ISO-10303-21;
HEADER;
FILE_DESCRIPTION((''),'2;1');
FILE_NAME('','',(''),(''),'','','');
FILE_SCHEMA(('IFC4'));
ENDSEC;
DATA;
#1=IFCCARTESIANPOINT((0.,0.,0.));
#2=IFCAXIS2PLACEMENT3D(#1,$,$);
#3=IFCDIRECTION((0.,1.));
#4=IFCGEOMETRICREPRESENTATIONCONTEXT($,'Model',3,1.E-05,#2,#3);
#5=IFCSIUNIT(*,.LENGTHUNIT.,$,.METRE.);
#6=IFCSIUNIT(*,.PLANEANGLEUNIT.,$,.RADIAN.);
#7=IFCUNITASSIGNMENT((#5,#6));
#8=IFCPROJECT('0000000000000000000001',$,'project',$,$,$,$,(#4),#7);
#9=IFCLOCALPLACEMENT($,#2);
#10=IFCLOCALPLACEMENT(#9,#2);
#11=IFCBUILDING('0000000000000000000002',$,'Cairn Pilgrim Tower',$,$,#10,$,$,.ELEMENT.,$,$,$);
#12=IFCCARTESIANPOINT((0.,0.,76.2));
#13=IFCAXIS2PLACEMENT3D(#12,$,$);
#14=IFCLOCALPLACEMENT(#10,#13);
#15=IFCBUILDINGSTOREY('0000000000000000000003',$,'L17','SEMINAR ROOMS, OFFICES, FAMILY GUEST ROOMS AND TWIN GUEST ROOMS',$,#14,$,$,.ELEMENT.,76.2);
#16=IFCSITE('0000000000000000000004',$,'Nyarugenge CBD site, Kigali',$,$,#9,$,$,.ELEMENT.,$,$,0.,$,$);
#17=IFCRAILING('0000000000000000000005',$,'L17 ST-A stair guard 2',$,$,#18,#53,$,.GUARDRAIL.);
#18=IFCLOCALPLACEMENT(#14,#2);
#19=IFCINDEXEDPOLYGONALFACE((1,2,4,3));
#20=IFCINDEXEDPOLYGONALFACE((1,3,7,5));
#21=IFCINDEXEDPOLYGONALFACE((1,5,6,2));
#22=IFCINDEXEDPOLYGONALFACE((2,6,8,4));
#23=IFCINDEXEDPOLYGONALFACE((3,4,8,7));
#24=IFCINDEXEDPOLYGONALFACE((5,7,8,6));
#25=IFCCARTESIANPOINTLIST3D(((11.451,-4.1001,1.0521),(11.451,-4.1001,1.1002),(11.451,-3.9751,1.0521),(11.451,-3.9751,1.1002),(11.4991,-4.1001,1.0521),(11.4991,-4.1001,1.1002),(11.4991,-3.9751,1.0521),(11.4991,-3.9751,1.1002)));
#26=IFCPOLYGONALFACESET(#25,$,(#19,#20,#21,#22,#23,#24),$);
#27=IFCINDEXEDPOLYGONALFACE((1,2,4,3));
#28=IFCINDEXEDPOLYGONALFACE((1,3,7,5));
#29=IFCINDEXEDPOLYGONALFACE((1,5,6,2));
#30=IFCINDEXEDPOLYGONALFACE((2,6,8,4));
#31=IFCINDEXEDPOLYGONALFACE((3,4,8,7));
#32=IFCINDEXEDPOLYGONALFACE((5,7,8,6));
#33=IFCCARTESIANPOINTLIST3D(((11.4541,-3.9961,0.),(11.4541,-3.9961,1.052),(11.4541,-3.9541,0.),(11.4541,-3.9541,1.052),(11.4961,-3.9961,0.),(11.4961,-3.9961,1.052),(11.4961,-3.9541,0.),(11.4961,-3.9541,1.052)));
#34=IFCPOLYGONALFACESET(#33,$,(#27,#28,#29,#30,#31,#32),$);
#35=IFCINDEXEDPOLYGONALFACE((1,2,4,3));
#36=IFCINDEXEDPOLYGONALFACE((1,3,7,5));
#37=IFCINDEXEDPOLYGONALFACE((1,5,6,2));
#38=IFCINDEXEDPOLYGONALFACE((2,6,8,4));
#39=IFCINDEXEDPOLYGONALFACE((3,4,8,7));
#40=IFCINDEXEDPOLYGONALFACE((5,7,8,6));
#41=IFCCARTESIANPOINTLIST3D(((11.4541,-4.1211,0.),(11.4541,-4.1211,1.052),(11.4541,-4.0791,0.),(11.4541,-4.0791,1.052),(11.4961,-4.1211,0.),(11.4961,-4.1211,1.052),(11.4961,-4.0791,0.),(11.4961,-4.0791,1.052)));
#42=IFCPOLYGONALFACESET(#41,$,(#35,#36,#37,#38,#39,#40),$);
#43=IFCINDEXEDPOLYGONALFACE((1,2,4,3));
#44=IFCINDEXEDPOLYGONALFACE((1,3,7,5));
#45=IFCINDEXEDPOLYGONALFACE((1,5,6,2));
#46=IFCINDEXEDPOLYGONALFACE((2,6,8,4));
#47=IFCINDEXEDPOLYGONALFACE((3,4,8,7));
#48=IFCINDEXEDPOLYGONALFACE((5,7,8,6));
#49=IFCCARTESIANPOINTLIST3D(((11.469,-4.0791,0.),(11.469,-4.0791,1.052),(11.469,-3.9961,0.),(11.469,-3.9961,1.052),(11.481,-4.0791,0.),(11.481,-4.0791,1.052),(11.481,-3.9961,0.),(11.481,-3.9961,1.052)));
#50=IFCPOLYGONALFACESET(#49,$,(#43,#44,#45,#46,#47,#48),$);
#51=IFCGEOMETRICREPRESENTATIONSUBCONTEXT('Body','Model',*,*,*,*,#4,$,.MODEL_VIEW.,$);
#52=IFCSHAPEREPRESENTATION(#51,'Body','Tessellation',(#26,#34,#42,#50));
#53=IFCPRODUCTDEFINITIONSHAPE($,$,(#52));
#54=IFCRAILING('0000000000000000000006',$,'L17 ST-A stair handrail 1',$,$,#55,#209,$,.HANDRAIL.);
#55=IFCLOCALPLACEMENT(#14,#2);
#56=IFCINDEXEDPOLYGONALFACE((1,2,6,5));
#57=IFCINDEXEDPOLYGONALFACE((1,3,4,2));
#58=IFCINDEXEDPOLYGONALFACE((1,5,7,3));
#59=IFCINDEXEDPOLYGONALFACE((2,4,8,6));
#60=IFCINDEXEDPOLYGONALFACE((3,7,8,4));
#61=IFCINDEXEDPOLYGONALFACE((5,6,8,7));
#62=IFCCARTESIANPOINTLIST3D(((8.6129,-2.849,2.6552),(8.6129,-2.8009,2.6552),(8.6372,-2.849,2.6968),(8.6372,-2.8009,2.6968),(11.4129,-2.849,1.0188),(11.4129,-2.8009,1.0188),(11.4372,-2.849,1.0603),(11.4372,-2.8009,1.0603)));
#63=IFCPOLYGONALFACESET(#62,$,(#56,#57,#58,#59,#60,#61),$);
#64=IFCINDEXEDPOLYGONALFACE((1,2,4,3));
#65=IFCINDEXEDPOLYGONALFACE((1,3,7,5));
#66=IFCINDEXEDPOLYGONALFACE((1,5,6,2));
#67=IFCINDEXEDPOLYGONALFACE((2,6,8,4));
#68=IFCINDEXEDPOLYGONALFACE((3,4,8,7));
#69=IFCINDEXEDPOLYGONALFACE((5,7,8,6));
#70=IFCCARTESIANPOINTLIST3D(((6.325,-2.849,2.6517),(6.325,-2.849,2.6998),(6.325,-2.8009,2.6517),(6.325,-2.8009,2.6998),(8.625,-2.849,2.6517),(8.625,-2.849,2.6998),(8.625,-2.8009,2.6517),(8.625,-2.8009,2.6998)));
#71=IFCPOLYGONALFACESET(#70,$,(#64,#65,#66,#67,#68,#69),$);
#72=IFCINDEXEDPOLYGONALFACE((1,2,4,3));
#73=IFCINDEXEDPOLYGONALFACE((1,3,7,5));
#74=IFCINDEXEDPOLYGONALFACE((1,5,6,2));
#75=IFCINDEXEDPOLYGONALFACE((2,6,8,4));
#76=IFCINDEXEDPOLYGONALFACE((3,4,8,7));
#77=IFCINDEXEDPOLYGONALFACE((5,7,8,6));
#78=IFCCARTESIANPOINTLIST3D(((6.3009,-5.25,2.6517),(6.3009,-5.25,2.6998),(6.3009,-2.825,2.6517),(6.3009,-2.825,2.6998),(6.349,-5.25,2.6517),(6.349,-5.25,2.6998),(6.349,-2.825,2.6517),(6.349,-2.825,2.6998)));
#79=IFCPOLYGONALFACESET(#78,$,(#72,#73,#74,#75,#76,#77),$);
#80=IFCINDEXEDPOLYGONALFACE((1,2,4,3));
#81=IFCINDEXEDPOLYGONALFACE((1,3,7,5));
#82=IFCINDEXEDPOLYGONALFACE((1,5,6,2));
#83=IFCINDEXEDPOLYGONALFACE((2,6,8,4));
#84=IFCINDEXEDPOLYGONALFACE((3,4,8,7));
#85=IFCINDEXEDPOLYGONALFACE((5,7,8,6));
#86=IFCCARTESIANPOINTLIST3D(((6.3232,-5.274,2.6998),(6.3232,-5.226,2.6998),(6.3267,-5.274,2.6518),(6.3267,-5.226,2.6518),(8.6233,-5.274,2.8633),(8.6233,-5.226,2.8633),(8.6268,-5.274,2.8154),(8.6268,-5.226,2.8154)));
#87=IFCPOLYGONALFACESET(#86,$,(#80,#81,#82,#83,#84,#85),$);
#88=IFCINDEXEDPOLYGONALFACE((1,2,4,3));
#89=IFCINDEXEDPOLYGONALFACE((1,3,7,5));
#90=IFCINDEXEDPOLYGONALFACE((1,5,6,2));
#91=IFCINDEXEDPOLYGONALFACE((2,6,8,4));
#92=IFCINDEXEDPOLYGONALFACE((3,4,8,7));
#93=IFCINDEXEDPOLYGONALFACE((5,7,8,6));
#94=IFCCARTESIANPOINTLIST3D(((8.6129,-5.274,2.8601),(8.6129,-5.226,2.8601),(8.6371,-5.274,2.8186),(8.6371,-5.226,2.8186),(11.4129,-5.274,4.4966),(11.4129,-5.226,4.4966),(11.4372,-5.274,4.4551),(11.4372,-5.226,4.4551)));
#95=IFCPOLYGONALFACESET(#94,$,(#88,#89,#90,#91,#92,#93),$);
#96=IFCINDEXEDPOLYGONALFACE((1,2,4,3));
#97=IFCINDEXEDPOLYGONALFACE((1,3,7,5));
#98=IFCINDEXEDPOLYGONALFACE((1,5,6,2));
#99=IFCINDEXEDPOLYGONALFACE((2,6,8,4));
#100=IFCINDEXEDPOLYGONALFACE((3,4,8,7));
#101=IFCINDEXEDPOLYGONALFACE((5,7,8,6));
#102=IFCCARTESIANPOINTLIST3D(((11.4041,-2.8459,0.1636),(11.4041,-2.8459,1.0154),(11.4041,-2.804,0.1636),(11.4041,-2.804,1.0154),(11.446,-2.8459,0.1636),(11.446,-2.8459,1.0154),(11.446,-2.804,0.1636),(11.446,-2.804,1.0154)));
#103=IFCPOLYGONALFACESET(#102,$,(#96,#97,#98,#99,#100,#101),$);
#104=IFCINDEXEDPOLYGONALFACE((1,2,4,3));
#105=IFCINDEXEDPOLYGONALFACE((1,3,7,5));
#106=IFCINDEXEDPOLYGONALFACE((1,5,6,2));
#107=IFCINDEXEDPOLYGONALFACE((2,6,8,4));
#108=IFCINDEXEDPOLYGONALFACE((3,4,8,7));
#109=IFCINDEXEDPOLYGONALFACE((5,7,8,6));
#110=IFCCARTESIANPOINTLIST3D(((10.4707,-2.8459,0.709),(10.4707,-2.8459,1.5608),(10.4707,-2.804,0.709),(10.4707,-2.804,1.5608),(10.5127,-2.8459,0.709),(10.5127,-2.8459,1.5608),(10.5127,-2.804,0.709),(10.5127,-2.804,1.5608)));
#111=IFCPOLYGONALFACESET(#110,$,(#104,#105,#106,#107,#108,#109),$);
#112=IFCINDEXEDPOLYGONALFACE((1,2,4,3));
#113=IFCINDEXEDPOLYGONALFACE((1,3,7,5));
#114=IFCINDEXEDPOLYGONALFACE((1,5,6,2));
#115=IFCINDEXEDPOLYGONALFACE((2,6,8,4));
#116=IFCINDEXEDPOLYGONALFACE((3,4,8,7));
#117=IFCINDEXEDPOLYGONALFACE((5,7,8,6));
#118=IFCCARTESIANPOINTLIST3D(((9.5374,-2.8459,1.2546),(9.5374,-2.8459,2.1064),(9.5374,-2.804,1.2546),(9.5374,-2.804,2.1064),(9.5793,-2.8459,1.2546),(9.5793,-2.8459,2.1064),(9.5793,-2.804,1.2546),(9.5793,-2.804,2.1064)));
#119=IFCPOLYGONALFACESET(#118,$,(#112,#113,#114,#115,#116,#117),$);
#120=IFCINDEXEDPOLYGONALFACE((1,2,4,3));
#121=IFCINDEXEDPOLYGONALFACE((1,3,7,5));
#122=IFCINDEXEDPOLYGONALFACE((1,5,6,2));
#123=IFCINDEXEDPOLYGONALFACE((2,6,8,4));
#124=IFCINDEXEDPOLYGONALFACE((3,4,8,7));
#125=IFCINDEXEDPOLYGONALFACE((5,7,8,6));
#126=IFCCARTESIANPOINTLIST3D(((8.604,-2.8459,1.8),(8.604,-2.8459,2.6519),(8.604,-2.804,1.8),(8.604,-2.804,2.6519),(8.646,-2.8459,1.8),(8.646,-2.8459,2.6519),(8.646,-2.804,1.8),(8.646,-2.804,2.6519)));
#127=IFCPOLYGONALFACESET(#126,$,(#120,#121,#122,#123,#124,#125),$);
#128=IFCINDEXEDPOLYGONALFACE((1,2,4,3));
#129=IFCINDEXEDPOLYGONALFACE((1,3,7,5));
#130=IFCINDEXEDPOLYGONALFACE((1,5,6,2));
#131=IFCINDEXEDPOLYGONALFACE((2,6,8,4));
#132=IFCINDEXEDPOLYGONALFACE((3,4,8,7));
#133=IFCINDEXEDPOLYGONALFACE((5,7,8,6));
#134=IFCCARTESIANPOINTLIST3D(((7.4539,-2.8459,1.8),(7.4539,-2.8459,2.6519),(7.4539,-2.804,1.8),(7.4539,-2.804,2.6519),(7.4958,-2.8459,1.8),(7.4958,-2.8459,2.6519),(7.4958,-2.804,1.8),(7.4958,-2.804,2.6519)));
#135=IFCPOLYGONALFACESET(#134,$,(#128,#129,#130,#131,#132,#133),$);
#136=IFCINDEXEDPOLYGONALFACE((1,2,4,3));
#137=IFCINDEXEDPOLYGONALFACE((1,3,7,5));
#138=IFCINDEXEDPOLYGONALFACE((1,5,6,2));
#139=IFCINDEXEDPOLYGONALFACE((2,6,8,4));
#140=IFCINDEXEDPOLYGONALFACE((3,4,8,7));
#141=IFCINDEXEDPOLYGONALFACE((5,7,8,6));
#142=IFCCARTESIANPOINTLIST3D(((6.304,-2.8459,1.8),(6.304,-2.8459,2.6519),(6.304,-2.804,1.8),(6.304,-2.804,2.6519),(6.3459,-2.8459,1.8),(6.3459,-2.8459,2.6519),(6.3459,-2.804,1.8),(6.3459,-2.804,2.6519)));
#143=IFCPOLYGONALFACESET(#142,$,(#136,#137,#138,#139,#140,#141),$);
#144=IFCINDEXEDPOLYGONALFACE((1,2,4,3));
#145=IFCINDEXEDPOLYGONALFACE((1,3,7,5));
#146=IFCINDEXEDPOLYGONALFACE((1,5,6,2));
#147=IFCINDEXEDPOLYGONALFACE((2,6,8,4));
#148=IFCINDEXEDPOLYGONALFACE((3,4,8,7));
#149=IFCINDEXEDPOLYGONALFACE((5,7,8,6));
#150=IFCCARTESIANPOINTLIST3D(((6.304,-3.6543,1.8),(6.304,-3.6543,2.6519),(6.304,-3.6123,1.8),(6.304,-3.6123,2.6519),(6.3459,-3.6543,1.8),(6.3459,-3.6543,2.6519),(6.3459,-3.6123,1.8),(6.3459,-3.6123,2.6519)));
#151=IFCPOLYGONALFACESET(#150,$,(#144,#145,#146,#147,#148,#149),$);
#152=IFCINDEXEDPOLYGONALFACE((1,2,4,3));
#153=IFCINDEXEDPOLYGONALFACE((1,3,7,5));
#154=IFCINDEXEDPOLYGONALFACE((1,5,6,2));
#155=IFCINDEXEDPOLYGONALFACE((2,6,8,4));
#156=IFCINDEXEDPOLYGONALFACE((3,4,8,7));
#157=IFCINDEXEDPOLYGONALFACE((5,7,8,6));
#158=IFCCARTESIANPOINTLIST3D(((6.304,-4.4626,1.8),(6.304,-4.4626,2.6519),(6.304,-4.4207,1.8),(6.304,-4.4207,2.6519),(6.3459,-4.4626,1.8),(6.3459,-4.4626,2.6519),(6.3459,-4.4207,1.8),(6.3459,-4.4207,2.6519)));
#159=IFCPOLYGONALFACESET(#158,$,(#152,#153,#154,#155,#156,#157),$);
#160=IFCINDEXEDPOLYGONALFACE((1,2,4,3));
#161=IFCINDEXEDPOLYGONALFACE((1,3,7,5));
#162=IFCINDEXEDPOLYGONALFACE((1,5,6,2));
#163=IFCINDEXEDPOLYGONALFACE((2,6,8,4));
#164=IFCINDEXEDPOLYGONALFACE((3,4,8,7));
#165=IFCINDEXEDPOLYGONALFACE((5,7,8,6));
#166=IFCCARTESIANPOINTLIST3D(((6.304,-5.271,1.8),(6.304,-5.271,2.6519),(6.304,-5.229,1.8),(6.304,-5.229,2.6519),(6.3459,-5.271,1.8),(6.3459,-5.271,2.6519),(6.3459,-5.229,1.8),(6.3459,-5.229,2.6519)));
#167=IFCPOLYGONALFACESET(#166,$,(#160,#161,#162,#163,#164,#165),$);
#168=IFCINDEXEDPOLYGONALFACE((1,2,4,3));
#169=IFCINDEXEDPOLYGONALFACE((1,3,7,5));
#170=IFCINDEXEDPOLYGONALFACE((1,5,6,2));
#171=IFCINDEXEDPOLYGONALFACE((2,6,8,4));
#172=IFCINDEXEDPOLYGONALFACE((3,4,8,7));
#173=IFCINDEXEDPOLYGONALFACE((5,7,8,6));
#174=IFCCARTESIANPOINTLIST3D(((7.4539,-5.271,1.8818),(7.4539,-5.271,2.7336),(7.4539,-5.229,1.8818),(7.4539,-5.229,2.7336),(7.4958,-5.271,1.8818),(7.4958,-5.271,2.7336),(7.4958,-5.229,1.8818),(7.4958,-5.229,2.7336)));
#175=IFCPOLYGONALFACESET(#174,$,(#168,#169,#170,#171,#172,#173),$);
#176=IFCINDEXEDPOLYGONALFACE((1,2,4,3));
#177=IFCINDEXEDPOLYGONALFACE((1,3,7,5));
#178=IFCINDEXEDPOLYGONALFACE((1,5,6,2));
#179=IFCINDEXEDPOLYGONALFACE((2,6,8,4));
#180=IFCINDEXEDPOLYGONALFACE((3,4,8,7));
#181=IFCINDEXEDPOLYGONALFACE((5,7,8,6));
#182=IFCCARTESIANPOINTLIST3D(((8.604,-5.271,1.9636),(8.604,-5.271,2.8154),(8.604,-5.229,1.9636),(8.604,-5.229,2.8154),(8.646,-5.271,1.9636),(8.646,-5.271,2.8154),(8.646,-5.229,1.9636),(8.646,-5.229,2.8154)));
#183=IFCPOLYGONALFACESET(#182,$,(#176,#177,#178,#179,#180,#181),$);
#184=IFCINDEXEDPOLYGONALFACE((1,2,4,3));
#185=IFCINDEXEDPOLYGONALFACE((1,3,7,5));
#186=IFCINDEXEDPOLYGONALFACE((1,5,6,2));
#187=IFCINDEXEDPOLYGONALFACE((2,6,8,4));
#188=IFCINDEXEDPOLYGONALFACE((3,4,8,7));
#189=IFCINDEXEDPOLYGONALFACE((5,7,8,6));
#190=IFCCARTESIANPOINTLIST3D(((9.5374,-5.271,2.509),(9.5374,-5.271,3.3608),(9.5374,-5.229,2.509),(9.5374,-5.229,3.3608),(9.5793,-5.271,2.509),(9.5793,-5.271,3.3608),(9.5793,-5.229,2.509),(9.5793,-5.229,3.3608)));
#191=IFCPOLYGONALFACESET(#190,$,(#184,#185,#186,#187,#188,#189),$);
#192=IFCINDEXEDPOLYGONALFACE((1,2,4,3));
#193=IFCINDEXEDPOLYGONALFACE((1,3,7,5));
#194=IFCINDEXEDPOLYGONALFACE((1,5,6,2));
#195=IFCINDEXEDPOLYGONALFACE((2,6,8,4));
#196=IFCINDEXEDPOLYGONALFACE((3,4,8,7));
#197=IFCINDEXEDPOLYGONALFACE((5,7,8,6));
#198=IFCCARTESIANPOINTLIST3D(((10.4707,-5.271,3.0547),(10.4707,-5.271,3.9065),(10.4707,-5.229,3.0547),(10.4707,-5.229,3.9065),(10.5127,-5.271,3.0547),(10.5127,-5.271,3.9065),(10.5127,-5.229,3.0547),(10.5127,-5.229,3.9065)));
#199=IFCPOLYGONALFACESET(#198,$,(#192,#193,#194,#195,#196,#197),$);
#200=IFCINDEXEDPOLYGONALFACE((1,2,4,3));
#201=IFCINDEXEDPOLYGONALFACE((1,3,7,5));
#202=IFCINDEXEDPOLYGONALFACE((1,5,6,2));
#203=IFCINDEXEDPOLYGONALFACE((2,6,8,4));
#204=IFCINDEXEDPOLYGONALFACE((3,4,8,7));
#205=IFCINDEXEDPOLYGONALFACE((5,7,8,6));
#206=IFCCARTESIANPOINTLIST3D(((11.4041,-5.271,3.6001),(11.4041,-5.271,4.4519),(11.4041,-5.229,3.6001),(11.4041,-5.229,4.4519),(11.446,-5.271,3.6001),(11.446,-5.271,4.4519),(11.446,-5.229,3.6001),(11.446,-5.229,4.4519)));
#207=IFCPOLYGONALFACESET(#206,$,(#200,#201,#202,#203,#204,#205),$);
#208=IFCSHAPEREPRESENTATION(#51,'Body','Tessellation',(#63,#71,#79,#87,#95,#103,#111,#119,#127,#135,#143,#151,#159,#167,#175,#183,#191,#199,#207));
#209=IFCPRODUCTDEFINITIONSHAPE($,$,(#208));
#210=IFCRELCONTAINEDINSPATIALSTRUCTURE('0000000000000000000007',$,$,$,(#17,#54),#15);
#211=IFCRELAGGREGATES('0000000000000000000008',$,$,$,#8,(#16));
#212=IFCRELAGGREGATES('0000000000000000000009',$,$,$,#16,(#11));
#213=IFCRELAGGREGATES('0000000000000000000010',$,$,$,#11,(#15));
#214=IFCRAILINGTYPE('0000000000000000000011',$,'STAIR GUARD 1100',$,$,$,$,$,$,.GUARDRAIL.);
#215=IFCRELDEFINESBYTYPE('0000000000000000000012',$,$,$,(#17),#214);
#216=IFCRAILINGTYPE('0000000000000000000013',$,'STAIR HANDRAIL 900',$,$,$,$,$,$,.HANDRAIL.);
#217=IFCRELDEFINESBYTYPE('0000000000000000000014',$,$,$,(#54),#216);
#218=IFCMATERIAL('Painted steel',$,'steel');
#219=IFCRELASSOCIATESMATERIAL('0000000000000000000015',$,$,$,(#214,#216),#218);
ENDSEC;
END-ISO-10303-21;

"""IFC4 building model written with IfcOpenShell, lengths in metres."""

from ifc_helpers import new_model, si_unit, direction, frame, origin, origin_2d, place, context, subcontext, project, spatial, polyline, rectangle, outline, extrude, material, type_object, element, save


model = new_model("IFC4")

# Units and contexts
model_context = context("Model", 3, precision=1e-05, world=origin(), true_north=direction((0.0, 1.0)))
body_context = subcontext(model_context, "Body", "Model", "MODEL_VIEW")
ifc_project = project(units=[si_unit("LENGTHUNIT", "METRE"), si_unit("PLANEANGLEUNIT", "RADIAN")], contexts=[model_context])

# Site, building, storey
site_placement = place(None, origin())
site = spatial("IfcSite", under=ifc_project, at=site_placement, Name="Nyarugenge CBD site, Kigali", CompositionType="ELEMENT", RefElevation=0.0)
building_placement = place(site_placement, origin())
building = spatial("IfcBuilding", under=site, at=building_placement, Name="Cairn Pilgrim Tower", CompositionType="ELEMENT")
storey_placement = place(building_placement, frame((0.0, 0.0, 76.2)))
storey = spatial("IfcBuildingStorey", under=building, at=storey_placement, Name="L17", Description="SEMINAR ROOMS, OFFICES, FAMILY GUEST ROOMS AND TWIN GUEST ROOMS", CompositionType="ELEMENT", Elevation=76.2)

# Shared definitions
ifc_material_1 = material(Name="Painted steel", Category="steel")

# Railings
railing_type_1 = type_object("IfcRailingType", Name="STAIR GUARD 1100", PredefinedType="GUARDRAIL", material=ifc_material_1)
railing_1_placement = place(storey_placement, frame((11.4751, -3.9751, 0.0)))
element("IfcRailing", 1, at=railing_1_placement, inside=storey, type_object=railing_type_1, Name="L17 ST-A stair guard 2", PredefinedType="GUARDRAIL", context=body_context, shape_type="SweptSolid", body=[
    extrude(rectangle(XDim=0.0481, YDim=0.0481, at=origin_2d()), frame((0.0, 0.0, 1.0762), z_axis=(0.0, -1.0, 0.0), x_axis=(1.0, 0.0, 0.0)), (0.0, 0.0, 1.0), 0.125),
    extrude(rectangle(XDim=0.042, YDim=0.042, at=origin_2d()), origin(), (0.0, 0.0, 1.0), 1.052),
    extrude(rectangle(XDim=0.042, YDim=0.042, at=origin_2d()), frame((0.0, -0.125, 0.0)), (0.0, 0.0, 1.0), 1.052),
    extrude(outline(polyline([(0.021, 0.0), (0.104, 0.0), (0.104, 1.052), (0.021, 1.052), (0.021, 0.0)])), frame((0.0059, 0.0, 0.0), z_axis=(-1.0, 0.0, 0.0), x_axis=(0.0, -1.0, 0.0)), (0.0, 0.0, 1.0), 0.012),
])
railing_type_2 = type_object("IfcRailingType", Name="STAIR HANDRAIL 900", PredefinedType="HANDRAIL", material=ifc_material_1)
railing_2_placement = place(storey_placement, frame((11.425, -2.825, 0.1636)))
element("IfcRailing", 2, at=railing_2_placement, inside=storey, type_object=railing_type_2, Name="L17 ST-A stair handrail 1", PredefinedType="HANDRAIL", context=body_context, shape_type="SweptSolid", body=[
    extrude(rectangle(XDim=0.0481, YDim=0.0481, at=origin_2d()), frame((0.0, 0.0, 0.876), z_axis=(-0.863361, 0.0, 0.504587), x_axis=(0.0, -1.0, 0.0)), (0.0, 0.0, 1.0), 3.2432),
    extrude(rectangle(XDim=0.0481, YDim=0.0481, at=origin_2d()), frame((-2.8, 0.0, 2.5122), z_axis=(-1.0, 0.0, 0.0), x_axis=(0.0, -1.0, 0.0)), (0.0, 0.0, 1.0), 2.3),
    extrude(rectangle(XDim=0.0481, YDim=0.0481, at=origin_2d()), frame((-5.1001, 0.0, 2.5122), z_axis=(0.0, -1.0, 0.0), x_axis=(1.0, 0.0, 0.0)), (0.0, 0.0, 1.0), 2.425),
    extrude(rectangle(XDim=0.0481, YDim=0.0481, at=origin_2d()), frame((-5.1001, -2.425, 2.5122), z_axis=(0.997481, 0.0, 0.070939), x_axis=(0.0, 1.0, 0.0)), (0.0, 0.0, 1.0), 2.3059),
    extrude(rectangle(XDim=0.0481, YDim=0.0481, at=origin_2d()), frame((-2.8, -2.425, 2.6758), z_axis=(0.863361, 0.0, 0.504587), x_axis=(0.0, 1.0, 0.0)), (0.0, 0.0, 1.0), 3.2432),
    extrude(rectangle(XDim=0.042, YDim=0.042, at=origin_2d()), origin(), (0.0, 0.0, 1.0), 0.8518),
    extrude(rectangle(XDim=0.042, YDim=0.042, at=origin_2d()), frame((-0.9333, 0.0, 0.5454)), (0.0, 0.0, 1.0), 0.8518),
    extrude(rectangle(XDim=0.042, YDim=0.042, at=origin_2d()), frame((-1.8667, 0.0, 1.0911)), (0.0, 0.0, 1.0), 0.8518),
    extrude(rectangle(XDim=0.042, YDim=0.042, at=origin_2d()), frame((-2.8, 0.0, 1.6365)), (0.0, 0.0, 1.0), 0.8518),
    extrude(rectangle(XDim=0.042, YDim=0.042, at=origin_2d()), frame((-3.9502, 0.0, 1.6365)), (0.0, 0.0, 1.0), 0.8518),
    extrude(rectangle(XDim=0.042, YDim=0.042, at=origin_2d()), frame((-5.1001, 0.0, 1.6365)), (0.0, 0.0, 1.0), 0.8518),
    extrude(rectangle(XDim=0.042, YDim=0.042, at=origin_2d()), frame((-5.1001, -0.8083, 1.6365)), (0.0, 0.0, 1.0), 0.8518),
    extrude(rectangle(XDim=0.042, YDim=0.042, at=origin_2d()), frame((-5.1001, -1.6167, 1.6365)), (0.0, 0.0, 1.0), 0.8518),
    extrude(rectangle(XDim=0.042, YDim=0.042, at=origin_2d()), frame((-5.1001, -2.425, 1.6365)), (0.0, 0.0, 1.0), 0.8518),
    extrude(rectangle(XDim=0.042, YDim=0.042, at=origin_2d()), frame((-3.9502, -2.425, 1.7183)), (0.0, 0.0, 1.0), 0.8518),
    extrude(rectangle(XDim=0.042, YDim=0.042, at=origin_2d()), frame((-2.8, -2.425, 1.8)), (0.0, 0.0, 1.0), 0.8518),
    extrude(rectangle(XDim=0.042, YDim=0.042, at=origin_2d()), frame((-1.8667, -2.425, 2.3455)), (0.0, 0.0, 1.0), 0.8518),
    extrude(rectangle(XDim=0.042, YDim=0.042, at=origin_2d()), frame((-0.9333, -2.425, 2.8911)), (0.0, 0.0, 1.0), 0.8518),
    extrude(rectangle(XDim=0.042, YDim=0.042, at=origin_2d()), frame((0.0, -2.425, 3.4365)), (0.0, 0.0, 1.0), 0.8518),
])

save(model, "model.ifc")
